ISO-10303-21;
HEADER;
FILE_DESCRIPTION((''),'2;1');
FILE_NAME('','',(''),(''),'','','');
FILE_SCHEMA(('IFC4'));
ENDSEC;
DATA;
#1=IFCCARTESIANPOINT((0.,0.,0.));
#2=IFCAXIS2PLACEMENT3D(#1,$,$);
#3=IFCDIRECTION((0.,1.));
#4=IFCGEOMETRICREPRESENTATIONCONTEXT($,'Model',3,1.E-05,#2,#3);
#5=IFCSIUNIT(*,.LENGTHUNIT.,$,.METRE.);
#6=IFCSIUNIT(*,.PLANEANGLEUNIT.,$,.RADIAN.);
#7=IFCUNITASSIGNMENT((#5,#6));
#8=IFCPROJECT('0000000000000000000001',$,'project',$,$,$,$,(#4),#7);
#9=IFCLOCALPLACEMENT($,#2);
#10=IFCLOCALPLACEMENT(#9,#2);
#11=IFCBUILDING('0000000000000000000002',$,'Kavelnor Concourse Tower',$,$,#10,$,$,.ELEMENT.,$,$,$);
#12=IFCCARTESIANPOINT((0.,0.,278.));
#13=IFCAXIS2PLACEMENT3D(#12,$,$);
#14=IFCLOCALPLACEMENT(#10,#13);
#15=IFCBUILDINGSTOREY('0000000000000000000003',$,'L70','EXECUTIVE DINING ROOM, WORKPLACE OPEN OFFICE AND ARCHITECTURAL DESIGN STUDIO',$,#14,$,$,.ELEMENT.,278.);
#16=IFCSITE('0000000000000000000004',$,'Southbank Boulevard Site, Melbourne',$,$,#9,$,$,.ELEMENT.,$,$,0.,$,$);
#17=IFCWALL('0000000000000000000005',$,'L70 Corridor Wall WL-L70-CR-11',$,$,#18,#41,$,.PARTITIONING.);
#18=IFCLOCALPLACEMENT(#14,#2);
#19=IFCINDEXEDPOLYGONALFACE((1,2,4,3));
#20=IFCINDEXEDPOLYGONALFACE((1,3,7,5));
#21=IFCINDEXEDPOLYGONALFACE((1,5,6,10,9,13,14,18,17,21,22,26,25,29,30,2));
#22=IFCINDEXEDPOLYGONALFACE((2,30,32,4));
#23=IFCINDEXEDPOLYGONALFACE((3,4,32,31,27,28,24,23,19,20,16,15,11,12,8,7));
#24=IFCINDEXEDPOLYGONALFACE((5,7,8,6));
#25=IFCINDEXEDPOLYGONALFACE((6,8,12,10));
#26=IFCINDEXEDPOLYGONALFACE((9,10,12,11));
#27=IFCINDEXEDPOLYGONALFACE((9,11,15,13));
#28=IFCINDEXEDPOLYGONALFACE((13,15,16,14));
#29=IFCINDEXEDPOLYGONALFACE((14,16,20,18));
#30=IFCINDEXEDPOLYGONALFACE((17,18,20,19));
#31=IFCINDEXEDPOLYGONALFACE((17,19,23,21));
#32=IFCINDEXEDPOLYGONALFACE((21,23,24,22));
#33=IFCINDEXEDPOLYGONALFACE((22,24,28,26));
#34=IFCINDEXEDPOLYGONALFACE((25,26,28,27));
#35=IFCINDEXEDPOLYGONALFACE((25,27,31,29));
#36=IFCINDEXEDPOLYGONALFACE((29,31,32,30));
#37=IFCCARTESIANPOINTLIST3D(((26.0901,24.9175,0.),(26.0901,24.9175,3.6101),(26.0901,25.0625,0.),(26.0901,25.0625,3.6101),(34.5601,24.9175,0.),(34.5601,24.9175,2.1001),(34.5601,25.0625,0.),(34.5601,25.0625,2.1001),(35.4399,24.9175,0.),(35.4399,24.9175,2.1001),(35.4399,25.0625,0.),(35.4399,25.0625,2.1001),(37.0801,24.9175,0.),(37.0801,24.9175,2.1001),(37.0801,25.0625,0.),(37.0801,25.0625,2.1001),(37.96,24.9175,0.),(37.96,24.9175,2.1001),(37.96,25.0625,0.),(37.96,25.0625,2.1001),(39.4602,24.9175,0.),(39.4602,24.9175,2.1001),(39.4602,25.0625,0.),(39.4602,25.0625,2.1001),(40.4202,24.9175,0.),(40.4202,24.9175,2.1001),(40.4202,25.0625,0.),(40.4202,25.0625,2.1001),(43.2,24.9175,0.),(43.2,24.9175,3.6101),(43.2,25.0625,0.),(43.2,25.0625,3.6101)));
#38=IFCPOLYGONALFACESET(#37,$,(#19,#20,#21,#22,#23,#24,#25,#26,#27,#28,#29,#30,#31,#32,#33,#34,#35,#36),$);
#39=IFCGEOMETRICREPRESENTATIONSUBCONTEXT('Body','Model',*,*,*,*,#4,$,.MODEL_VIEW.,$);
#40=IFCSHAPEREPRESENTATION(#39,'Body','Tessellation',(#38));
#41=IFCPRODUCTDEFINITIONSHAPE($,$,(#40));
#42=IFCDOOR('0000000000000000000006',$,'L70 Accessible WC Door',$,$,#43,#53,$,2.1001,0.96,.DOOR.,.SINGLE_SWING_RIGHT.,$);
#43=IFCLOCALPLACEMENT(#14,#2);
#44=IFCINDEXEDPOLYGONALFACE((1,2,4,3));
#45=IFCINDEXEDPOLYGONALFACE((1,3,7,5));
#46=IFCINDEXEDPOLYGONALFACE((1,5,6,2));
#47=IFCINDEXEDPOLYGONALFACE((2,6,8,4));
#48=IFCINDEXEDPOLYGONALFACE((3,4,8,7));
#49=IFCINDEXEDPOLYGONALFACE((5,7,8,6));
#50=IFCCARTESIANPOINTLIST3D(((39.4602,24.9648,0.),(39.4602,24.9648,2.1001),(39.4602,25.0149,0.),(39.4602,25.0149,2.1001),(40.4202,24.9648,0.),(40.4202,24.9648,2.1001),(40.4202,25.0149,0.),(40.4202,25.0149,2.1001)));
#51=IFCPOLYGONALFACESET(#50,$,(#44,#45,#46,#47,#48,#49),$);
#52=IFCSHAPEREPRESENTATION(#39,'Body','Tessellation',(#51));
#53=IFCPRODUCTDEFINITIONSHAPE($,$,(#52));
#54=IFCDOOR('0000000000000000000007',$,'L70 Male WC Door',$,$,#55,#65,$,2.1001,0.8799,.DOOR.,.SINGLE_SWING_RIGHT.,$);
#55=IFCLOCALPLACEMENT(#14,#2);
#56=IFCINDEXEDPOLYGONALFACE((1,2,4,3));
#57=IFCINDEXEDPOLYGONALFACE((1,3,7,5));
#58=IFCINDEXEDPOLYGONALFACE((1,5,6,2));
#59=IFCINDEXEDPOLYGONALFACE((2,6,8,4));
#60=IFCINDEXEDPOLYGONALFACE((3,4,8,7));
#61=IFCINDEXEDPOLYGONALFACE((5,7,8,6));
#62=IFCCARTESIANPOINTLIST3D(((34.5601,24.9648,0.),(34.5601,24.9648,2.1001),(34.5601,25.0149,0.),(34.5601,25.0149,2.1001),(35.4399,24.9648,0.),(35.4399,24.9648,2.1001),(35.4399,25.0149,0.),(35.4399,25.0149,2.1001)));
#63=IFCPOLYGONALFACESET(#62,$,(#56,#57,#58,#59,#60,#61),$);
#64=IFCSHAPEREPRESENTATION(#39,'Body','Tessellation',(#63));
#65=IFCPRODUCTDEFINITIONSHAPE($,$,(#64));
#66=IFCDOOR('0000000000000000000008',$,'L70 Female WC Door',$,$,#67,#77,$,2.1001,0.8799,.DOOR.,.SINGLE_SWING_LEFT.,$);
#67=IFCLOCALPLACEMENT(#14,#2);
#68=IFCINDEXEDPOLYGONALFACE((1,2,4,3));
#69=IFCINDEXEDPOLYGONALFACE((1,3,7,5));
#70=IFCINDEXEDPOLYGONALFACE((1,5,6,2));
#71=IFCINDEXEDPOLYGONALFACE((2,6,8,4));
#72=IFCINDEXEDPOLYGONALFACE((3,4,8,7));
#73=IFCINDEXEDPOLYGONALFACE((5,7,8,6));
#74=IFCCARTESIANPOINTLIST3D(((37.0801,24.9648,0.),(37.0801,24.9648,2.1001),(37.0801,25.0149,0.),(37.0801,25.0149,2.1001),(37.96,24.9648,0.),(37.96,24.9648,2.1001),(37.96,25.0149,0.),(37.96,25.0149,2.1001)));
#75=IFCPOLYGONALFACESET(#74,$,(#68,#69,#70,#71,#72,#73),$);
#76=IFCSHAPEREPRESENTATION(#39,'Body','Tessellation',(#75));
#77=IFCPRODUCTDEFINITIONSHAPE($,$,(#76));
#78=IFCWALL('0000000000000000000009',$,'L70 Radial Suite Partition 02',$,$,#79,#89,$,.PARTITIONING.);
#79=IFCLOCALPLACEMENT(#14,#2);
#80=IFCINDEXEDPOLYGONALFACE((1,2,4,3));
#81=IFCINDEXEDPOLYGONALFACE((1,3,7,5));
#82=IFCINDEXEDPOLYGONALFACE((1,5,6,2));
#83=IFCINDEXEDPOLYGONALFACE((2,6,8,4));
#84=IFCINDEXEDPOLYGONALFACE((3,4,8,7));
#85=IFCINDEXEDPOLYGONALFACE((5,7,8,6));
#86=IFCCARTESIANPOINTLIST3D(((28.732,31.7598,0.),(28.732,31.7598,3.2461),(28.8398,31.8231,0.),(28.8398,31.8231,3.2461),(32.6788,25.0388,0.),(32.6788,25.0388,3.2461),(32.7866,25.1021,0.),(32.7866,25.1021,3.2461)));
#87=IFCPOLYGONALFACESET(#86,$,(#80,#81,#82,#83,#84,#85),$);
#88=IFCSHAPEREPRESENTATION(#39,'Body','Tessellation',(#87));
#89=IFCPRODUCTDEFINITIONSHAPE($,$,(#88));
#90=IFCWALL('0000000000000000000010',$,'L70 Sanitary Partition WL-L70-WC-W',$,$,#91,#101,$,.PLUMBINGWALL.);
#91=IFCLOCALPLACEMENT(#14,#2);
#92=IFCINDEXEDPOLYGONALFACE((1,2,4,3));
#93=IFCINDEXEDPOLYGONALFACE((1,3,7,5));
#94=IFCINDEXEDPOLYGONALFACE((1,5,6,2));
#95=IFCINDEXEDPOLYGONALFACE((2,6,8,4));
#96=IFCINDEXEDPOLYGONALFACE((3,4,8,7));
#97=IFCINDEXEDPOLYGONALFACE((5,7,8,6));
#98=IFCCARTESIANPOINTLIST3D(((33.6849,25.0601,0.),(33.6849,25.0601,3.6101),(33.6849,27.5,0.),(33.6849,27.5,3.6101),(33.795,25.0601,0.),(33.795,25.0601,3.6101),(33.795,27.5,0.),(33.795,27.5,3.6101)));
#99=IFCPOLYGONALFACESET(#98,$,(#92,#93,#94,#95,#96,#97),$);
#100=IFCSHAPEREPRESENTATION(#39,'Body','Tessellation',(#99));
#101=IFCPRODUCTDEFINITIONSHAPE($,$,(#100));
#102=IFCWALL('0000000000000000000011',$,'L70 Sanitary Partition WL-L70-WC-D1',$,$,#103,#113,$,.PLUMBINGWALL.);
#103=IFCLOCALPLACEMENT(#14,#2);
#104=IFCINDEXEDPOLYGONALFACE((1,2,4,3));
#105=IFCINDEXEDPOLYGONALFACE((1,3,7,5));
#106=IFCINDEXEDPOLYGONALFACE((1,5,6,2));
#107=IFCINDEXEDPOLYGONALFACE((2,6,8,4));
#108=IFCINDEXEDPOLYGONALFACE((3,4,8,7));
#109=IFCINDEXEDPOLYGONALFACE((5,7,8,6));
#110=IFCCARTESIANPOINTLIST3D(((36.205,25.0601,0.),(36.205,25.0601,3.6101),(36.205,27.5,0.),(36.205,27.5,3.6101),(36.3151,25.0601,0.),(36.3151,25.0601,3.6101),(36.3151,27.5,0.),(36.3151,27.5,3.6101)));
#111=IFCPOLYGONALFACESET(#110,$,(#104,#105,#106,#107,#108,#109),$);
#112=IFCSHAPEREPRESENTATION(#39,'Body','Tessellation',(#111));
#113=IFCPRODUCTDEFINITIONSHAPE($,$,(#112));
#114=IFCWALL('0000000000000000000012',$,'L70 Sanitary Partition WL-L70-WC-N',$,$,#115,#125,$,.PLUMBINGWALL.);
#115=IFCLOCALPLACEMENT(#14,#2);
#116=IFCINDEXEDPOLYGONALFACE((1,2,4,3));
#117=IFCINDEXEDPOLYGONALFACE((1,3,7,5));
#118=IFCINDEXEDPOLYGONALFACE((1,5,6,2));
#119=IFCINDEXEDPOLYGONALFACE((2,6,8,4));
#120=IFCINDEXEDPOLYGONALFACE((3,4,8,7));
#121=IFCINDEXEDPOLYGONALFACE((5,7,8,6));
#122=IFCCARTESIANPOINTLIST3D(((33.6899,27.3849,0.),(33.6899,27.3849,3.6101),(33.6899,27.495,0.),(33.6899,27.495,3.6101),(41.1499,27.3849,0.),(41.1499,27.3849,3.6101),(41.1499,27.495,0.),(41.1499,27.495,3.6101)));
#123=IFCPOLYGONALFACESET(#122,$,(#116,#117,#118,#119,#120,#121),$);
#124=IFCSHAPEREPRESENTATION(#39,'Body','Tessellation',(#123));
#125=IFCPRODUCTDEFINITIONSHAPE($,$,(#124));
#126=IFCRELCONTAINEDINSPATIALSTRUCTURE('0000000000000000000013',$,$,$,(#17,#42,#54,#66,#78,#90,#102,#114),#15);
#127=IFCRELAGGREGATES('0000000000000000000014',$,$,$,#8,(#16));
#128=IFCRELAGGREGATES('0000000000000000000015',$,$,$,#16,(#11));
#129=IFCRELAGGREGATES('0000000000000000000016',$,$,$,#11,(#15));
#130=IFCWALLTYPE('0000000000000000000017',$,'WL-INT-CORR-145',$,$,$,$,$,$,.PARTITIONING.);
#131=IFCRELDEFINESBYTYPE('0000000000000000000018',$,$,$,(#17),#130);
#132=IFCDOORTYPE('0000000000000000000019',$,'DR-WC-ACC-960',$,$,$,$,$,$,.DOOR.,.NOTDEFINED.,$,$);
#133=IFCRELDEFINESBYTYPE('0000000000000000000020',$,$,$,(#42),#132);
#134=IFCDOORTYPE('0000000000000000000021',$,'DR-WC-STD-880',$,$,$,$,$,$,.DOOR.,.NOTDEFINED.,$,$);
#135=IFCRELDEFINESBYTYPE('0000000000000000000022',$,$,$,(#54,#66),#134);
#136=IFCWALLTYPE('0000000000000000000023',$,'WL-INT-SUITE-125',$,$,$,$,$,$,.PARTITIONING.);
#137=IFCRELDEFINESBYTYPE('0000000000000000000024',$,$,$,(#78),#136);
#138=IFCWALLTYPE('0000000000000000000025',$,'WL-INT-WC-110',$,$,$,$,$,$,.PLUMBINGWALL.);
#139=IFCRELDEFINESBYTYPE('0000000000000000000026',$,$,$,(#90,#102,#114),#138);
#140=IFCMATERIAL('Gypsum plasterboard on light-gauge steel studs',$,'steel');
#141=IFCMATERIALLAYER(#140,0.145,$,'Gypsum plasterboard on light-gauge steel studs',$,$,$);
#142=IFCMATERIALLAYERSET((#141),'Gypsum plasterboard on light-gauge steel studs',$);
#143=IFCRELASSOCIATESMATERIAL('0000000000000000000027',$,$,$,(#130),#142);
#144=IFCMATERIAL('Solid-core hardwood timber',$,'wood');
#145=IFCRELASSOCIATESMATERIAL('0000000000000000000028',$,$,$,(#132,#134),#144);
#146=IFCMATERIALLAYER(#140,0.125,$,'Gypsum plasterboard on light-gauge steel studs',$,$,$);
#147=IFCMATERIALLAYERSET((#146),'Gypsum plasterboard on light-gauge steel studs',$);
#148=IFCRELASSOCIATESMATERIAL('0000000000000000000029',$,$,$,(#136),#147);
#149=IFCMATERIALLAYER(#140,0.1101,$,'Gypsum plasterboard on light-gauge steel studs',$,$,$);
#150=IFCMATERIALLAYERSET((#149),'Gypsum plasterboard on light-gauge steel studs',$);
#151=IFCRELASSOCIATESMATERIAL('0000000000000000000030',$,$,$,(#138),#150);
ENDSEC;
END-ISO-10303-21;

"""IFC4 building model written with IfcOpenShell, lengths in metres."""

from ifc_helpers import new_model, si_unit, direction, frame, frame_2d, origin, place, context, subcontext, project, spatial, rectangle, extrude, material, layer, layer_set, type_object, element, fill, save


model = new_model("IFC4")

# Units and contexts
model_context = context("Model", 3, precision=1e-05, world=origin(), true_north=direction((0.0, 1.0)))
body_context = subcontext(model_context, "Body", "Model", "MODEL_VIEW")
ifc_project = project(units=[si_unit("LENGTHUNIT", "METRE"), si_unit("PLANEANGLEUNIT", "RADIAN")], contexts=[model_context])

# Site, building, storey
site_placement = place(None, origin())
site = spatial("IfcSite", under=ifc_project, at=site_placement, Name="Southbank Boulevard Site, Melbourne", CompositionType="ELEMENT", RefElevation=0.0)
building_placement = place(site_placement, origin())
building = spatial("IfcBuilding", under=site, at=building_placement, Name="Kavelnor Concourse Tower", CompositionType="ELEMENT")
storey_placement = place(building_placement, frame((0.0, 0.0, 278.0)))
storey = spatial("IfcBuildingStorey", under=building, at=storey_placement, Name="L70", Description="EXECUTIVE DINING ROOM, WORKPLACE OPEN OFFICE AND ARCHITECTURAL DESIGN STUDIO", CompositionType="ELEMENT", Elevation=278.0)

# Wall, openings, doors
ifc_material_1 = material(Name="Gypsum plasterboard on light-gauge steel studs", Category="steel")
ifc_layer_1 = layer(ifc_material_1, 0.145, Name="Gypsum plasterboard on light-gauge steel studs")
ifc_layer_set_1 = layer_set([ifc_layer_1], Name="Gypsum plasterboard on light-gauge steel studs")
wall_type_1 = type_object("IfcWallType", Name="WL-INT-CORR-145", PredefinedType="PARTITIONING", material=ifc_layer_set_1)
wall_1_placement = place(storey_placement, frame((26.0901, 24.99, 0.0), z_axis=(0.0, 0.0, 1.0), x_axis=(1.0, 0.0, 0.0)))
wall_1 = element("IfcWall", 1, at=wall_1_placement, inside=storey, type_object=wall_type_1, Name="L70 Corridor Wall WL-L70-CR-11", PredefinedType="PARTITIONING", context=body_context, shape_type="SweptSolid", body=[
    extrude(rectangle(XDim=17.1099, YDim=0.145, at=frame_2d((8.5549, 0.0))), origin(), (0.0, 0.0, 1.0), 3.6101),
])
opening_1_placement = place(wall_1_placement, frame((8.47, 0.0, 0.0)))
opening_1 = element("IfcOpeningElement", 2, at=opening_1_placement, cuts=wall_1, PredefinedType="OPENING", context=body_context, shape_type="SweptSolid", body=[
    extrude(rectangle(XDim=0.8799, YDim=2.1001, at=frame_2d((0.4399, 1.05))), frame((0.0, 0.0825, 0.0), z_axis=(0.0, -1.0, 0.0), x_axis=(1.0, 0.0, 0.0)), (0.0, 0.0, 1.0), 0.165),
])
opening_2_placement = place(wall_1_placement, frame((10.99, 0.0, 0.0)))
opening_2 = element("IfcOpeningElement", 3, at=opening_2_placement, cuts=wall_1, PredefinedType="OPENING", context=body_context, shape_type="SweptSolid", body=[
    extrude(rectangle(XDim=0.8799, YDim=2.1001, at=frame_2d((0.4399, 1.05))), frame((0.0, 0.0825, 0.0), z_axis=(0.0, -1.0, 0.0), x_axis=(1.0, 0.0, 0.0)), (0.0, 0.0, 1.0), 0.165),
])
opening_3_placement = place(wall_1_placement, frame((13.3701, 0.0, 0.0)))
opening_3 = element("IfcOpeningElement", 4, at=opening_3_placement, cuts=wall_1, PredefinedType="OPENING", context=body_context, shape_type="SweptSolid", body=[
    extrude(rectangle(XDim=0.96, YDim=2.1001, at=frame_2d((0.48, 1.05))), frame((0.0, 0.0825, 0.0), z_axis=(0.0, -1.0, 0.0), x_axis=(1.0, 0.0, 0.0)), (0.0, 0.0, 1.0), 0.165),
])
ifc_material_2 = material(Name="Solid-core hardwood timber", Category="wood")
door_type_1 = type_object("IfcDoorType", Name="DR-WC-ACC-960", OperationType="NOTDEFINED", PredefinedType="DOOR", material=ifc_material_2)
door_1_placement = place(opening_3_placement, origin())
door_1 = element("IfcDoor", 5, at=door_1_placement, inside=storey, type_object=door_type_1, Name="L70 Accessible WC Door", OperationType="SINGLE_SWING_RIGHT", OverallHeight=2.1001, OverallWidth=0.96, PredefinedType="DOOR", context=body_context, shape_type="SweptSolid", body=[
    extrude(rectangle(XDim=0.96, YDim=2.1001, at=frame_2d((0.48, 1.05))), frame((0.0, 0.0249, 0.0), z_axis=(0.0, -1.0, 0.0), x_axis=(1.0, 0.0, 0.0)), (0.0, 0.0, 1.0), 0.05),
])
fill(opening_3, door_1)
door_type_2 = type_object("IfcDoorType", Name="DR-WC-STD-880", OperationType="NOTDEFINED", PredefinedType="DOOR", material=ifc_material_2)
door_2_placement = place(opening_1_placement, origin())
door_2 = element("IfcDoor", 6, at=door_2_placement, inside=storey, type_object=door_type_2, Name="L70 Male WC Door", OperationType="SINGLE_SWING_RIGHT", OverallHeight=2.1001, OverallWidth=0.8799, PredefinedType="DOOR", context=body_context, shape_type="SweptSolid", body=[
    extrude(rectangle(XDim=0.8799, YDim=2.1001, at=frame_2d((0.4399, 1.05))), frame((0.0, 0.0249, 0.0), z_axis=(0.0, -1.0, 0.0), x_axis=(1.0, 0.0, 0.0)), (0.0, 0.0, 1.0), 0.05),
])
fill(opening_1, door_2)
door_3_placement = place(opening_2_placement, origin())
door_3 = element("IfcDoor", 7, at=door_3_placement, inside=storey, type_object=door_type_2, Name="L70 Female WC Door", OperationType="SINGLE_SWING_LEFT", OverallHeight=2.1001, OverallWidth=0.8799, PredefinedType="DOOR", context=body_context, shape_type="SweptSolid", body=[
    extrude(rectangle(XDim=0.8799, YDim=2.1001, at=frame_2d((0.4399, 1.05))), frame((0.0, 0.0249, 0.0), z_axis=(0.0, -1.0, 0.0), x_axis=(1.0, 0.0, 0.0)), (0.0, 0.0, 1.0), 0.05),
])
fill(opening_2, door_3)

# Walls
ifc_layer_2 = layer(ifc_material_1, 0.125, Name="Gypsum plasterboard on light-gauge steel studs")
ifc_layer_set_2 = layer_set([ifc_layer_2], Name="Gypsum plasterboard on light-gauge steel studs")
wall_type_2 = type_object("IfcWallType", Name="WL-INT-SUITE-125", PredefinedType="PARTITIONING", material=ifc_layer_set_2)
wall_2_placement = place(storey_placement, frame((32.7327, 25.0706, 0.0), z_axis=(0.0, 0.0, 1.0), x_axis=(-0.506379, 0.862311, 0.0)))
element("IfcWall", 8, at=wall_2_placement, inside=storey, type_object=wall_type_2, Name="L70 Radial Suite Partition 02", PredefinedType="PARTITIONING", context=body_context, shape_type="SweptSolid", body=[
    extrude(rectangle(XDim=7.7942, YDim=0.125, at=frame_2d((3.897, 0.0))), origin(), (0.0, 0.0, 1.0), 3.2461),
])
ifc_layer_3 = layer(ifc_material_1, 0.1101, Name="Gypsum plasterboard on light-gauge steel studs")
ifc_layer_set_3 = layer_set([ifc_layer_3], Name="Gypsum plasterboard on light-gauge steel studs")
wall_type_3 = type_object("IfcWallType", Name="WL-INT-WC-110", PredefinedType="PLUMBINGWALL", material=ifc_layer_set_3)
for number, where, z_axis, x_axis, name in (
    (9, (33.74, 25.0601, 0.0), (0.0, 0.0, 1.0), (0.0, 1.0, 0.0), "L70 Sanitary Partition WL-L70-WC-W"),
    (10, (36.26, 25.0601, 0.0), (0.0, 0.0, 1.0), (0.0, 1.0, 0.0), "L70 Sanitary Partition WL-L70-WC-D1"),
):
    element("IfcWall", number, at=place(storey_placement, frame(where, z_axis=z_axis, x_axis=x_axis)), inside=storey, type_object=wall_type_3, Name=name, PredefinedType="PLUMBINGWALL", context=body_context, shape_type="SweptSolid", body=[
        extrude(rectangle(XDim=2.4399, YDim=0.1101, at=frame_2d((1.22, 0.0))), origin(), (0.0, 0.0, 1.0), 3.6101),
    ])
wall_3_placement = place(storey_placement, frame((33.6899, 27.4399, 0.0), z_axis=(0.0, 0.0, 1.0), x_axis=(1.0, 0.0, 0.0)))
element("IfcWall", 11, at=wall_3_placement, inside=storey, type_object=wall_type_3, Name="L70 Sanitary Partition WL-L70-WC-N", PredefinedType="PLUMBINGWALL", context=body_context, shape_type="SweptSolid", body=[
    extrude(rectangle(XDim=7.46, YDim=0.1101, at=frame_2d((3.73, 0.0))), origin(), (0.0, 0.0, 1.0), 3.6101),
])

save(model, "model.ifc")
